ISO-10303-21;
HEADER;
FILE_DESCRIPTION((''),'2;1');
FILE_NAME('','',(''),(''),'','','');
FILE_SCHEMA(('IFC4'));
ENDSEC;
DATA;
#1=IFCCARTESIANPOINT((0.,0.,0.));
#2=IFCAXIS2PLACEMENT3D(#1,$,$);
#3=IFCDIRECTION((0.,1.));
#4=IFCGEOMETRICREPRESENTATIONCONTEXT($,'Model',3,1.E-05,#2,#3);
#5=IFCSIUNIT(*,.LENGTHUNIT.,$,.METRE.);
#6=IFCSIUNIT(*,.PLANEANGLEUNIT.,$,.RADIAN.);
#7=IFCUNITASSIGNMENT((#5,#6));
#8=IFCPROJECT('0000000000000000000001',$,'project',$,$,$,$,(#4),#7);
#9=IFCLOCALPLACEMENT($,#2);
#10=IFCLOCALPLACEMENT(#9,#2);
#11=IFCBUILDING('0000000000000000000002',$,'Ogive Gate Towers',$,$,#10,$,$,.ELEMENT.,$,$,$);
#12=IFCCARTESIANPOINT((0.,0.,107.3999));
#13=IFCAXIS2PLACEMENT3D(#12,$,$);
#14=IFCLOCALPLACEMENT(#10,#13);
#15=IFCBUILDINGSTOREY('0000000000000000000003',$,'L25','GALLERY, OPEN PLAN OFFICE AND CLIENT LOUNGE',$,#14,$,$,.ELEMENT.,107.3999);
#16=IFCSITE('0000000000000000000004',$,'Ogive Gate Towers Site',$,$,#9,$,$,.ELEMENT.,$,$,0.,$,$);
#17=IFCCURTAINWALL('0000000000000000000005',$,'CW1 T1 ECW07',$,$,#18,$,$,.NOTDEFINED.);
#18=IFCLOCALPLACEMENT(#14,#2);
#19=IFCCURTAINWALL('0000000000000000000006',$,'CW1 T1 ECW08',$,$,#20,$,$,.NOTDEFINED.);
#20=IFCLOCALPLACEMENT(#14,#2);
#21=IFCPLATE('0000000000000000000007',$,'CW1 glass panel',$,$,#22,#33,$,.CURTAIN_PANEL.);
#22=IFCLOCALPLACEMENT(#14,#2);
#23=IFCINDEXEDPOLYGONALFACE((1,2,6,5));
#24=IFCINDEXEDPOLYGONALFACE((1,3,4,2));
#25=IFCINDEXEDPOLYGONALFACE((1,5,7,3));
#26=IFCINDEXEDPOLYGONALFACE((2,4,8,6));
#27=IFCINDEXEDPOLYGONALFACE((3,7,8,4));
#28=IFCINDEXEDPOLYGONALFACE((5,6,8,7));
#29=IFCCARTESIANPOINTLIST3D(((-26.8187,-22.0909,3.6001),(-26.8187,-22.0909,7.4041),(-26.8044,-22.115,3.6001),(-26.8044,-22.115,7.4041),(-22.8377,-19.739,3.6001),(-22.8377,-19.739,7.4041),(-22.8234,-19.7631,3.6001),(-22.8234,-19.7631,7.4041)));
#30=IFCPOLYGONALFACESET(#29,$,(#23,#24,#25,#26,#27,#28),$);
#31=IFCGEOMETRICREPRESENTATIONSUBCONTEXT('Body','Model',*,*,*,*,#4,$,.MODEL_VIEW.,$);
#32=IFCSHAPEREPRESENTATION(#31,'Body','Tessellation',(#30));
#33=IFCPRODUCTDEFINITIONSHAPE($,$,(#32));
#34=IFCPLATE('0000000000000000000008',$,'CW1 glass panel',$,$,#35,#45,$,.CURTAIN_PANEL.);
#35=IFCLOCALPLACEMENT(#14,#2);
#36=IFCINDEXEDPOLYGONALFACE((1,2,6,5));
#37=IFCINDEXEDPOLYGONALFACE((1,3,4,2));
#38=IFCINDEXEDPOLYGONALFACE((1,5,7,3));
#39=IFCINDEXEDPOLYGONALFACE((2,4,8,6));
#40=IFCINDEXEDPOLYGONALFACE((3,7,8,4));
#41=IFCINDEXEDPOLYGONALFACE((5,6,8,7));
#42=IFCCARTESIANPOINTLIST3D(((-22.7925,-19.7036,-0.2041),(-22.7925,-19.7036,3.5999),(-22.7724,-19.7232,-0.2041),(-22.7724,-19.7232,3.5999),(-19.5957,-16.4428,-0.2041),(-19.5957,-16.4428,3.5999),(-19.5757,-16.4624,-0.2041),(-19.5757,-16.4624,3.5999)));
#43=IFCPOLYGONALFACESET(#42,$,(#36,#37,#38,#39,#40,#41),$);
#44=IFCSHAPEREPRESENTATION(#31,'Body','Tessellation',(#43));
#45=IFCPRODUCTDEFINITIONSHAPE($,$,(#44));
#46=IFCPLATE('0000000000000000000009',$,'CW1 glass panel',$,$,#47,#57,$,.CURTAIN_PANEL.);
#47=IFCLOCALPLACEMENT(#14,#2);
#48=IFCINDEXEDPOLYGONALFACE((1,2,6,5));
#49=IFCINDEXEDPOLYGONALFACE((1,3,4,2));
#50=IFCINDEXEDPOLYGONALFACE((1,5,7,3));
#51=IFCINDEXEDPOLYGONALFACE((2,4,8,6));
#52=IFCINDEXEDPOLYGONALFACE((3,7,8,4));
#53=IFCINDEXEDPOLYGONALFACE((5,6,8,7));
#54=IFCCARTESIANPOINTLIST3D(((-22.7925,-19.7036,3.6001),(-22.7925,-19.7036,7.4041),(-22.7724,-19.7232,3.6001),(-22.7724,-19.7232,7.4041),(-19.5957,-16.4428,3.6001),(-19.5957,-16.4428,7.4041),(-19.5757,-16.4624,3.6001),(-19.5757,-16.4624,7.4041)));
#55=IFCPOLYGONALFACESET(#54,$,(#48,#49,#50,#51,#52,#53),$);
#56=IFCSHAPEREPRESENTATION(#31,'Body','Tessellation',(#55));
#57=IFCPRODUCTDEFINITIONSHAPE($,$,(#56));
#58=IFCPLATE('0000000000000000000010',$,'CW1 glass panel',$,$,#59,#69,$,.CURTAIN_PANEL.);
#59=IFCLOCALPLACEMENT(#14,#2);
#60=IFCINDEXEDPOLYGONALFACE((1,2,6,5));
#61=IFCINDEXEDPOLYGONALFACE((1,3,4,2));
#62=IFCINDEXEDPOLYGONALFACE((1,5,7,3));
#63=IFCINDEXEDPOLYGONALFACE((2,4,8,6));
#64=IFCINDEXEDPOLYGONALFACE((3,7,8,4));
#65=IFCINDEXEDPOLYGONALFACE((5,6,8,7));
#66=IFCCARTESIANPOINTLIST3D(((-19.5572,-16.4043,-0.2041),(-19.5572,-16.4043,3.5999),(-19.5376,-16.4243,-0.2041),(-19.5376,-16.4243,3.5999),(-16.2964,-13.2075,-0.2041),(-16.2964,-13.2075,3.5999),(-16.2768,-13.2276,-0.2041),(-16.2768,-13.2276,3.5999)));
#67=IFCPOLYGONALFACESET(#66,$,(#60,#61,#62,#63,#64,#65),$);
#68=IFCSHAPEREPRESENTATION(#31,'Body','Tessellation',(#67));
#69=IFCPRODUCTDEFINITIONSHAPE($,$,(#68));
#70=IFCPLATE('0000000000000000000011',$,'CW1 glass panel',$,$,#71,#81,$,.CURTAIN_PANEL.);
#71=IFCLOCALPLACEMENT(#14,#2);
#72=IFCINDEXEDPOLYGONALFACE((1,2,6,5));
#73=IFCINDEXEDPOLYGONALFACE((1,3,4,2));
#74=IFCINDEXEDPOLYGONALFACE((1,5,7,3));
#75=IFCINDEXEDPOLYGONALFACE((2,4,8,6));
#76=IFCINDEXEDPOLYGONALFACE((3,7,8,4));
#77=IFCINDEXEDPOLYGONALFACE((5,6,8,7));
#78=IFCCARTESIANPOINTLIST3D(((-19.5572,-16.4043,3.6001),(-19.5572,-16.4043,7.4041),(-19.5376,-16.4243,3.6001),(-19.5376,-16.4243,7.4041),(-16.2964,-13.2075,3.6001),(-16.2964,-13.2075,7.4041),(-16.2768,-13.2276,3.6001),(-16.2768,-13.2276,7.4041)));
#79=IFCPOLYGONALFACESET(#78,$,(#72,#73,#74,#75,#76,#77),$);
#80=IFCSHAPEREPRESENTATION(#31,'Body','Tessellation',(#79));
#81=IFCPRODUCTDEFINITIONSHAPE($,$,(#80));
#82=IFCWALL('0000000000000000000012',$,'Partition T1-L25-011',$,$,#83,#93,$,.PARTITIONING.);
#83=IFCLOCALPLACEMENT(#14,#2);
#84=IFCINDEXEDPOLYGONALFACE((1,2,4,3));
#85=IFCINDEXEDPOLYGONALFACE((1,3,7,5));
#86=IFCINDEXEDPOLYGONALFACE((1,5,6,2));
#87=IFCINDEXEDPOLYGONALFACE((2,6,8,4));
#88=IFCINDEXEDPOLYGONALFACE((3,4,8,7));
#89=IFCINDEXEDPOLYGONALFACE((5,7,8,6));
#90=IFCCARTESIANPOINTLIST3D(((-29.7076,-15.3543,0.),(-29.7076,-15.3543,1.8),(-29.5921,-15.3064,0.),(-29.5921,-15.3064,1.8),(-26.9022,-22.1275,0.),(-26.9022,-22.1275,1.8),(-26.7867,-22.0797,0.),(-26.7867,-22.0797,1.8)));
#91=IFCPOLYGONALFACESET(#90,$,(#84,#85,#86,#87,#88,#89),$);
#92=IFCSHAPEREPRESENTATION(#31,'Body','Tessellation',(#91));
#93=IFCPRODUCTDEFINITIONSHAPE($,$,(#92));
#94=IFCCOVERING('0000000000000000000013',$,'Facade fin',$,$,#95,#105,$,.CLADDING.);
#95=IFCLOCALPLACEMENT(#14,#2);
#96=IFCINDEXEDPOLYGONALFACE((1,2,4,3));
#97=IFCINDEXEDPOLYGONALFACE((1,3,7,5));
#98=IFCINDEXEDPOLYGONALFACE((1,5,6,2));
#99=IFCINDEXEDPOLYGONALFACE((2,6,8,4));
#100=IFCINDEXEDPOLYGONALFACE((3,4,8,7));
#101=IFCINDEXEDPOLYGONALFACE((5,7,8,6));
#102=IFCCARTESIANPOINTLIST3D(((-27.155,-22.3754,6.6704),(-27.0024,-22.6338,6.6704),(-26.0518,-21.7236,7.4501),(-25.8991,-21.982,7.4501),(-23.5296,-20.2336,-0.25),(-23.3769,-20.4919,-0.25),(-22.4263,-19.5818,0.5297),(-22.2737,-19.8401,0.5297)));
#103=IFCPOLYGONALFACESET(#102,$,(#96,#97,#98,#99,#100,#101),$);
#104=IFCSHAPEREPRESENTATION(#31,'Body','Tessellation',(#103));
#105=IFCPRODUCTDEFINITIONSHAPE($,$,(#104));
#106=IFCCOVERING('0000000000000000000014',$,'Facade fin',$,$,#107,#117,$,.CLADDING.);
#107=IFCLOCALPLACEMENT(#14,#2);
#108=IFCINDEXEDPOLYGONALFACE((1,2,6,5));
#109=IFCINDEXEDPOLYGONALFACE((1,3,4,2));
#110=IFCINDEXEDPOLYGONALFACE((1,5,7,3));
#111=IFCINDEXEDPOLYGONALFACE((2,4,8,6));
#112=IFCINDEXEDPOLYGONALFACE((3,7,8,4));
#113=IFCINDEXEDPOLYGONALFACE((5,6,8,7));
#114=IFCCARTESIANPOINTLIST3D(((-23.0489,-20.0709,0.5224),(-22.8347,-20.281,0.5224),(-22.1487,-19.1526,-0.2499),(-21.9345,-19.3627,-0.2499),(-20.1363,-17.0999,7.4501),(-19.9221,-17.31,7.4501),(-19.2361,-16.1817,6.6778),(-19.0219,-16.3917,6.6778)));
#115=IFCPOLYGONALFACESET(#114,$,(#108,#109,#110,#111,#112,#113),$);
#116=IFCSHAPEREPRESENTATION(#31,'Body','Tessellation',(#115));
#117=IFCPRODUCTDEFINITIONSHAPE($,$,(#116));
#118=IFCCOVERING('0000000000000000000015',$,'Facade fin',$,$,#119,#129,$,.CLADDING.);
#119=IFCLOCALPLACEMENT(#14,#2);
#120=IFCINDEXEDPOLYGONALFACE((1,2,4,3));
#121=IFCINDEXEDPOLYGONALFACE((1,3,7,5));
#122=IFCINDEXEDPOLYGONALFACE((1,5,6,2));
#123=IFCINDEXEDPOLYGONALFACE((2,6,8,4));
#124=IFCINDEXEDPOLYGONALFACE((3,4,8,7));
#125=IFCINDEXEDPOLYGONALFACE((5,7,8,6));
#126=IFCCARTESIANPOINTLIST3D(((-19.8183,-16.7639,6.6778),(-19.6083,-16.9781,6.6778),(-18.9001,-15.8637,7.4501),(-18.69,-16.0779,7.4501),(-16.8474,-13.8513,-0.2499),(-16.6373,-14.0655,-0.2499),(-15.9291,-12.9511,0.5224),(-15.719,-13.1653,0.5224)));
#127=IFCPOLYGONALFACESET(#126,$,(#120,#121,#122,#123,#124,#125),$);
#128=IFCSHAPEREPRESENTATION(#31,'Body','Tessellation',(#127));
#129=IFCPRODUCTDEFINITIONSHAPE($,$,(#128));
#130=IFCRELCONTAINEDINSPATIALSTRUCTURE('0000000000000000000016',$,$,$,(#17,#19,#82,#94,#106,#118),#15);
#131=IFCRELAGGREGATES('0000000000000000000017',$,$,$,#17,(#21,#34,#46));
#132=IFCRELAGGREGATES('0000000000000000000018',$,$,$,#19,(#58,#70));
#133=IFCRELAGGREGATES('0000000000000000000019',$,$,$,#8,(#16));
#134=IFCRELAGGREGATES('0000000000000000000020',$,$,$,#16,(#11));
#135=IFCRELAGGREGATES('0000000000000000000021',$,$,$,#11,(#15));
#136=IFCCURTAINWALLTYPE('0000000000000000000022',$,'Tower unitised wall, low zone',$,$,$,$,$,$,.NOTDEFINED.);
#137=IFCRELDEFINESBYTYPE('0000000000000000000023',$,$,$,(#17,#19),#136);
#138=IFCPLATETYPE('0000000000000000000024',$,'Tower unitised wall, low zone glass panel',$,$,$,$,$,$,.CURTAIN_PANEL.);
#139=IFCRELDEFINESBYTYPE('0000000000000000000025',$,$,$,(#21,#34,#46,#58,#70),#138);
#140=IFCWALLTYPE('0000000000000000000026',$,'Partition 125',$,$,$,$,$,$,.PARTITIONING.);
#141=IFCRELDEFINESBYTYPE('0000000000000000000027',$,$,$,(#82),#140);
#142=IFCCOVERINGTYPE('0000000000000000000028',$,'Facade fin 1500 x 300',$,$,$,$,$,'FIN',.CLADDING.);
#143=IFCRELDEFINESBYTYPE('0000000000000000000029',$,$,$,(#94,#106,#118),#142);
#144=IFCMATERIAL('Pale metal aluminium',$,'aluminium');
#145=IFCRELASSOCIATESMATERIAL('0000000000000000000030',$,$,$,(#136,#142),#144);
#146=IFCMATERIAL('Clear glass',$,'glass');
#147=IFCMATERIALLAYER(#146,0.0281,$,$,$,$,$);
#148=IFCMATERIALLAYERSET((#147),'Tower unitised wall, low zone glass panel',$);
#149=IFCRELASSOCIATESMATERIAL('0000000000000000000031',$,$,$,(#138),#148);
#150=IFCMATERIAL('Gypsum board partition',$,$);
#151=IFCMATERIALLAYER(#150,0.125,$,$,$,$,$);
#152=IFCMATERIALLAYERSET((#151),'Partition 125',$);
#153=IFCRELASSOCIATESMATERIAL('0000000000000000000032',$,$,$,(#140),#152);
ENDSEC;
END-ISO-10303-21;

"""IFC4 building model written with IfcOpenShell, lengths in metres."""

from ifc_helpers import new_model, si_unit, direction, frame, frame_2d, origin, origin_2d, place, context, subcontext, project, spatial, rectangle, extrude, material, layer, layer_set, material_profile, profile_set, type_object, element, aggregate, save


model = new_model("IFC4")

# Units and contexts
model_context = context("Model", 3, precision=1e-05, world=origin(), true_north=direction((0.0, 1.0)))
body_context = subcontext(model_context, "Body", "Model", "MODEL_VIEW")
ifc_project = project(units=[si_unit("LENGTHUNIT", "METRE"), si_unit("PLANEANGLEUNIT", "RADIAN")], contexts=[model_context])

# Site, building, storey
site_placement = place(None, origin())
site = spatial("IfcSite", under=ifc_project, at=site_placement, Name="Ogive Gate Towers Site", CompositionType="ELEMENT", RefElevation=0.0)
building_placement = place(site_placement, origin())
building = spatial("IfcBuilding", under=site, at=building_placement, Name="Ogive Gate Towers", CompositionType="ELEMENT")
storey_placement = place(building_placement, frame((0.0, 0.0, 107.3999)))
storey = spatial("IfcBuildingStorey", under=building, at=storey_placement, Name="L25", Description="GALLERY, OPEN PLAN OFFICE AND CLIENT LOUNGE", CompositionType="ELEMENT", Elevation=107.3999)

# Curtain walls
ifc_material_1 = material(Name="Pale metal aluminium", Category="aluminium")
curtain_wall_type = type_object("IfcCurtainWallType", Name="Tower unitised wall, low zone", PredefinedType="NOTDEFINED", material=ifc_material_1)
curtain_wall_1_placement = place(storey_placement, origin())
curtain_wall_1 = element("IfcCurtainWall", 1, at=curtain_wall_1_placement, inside=storey, type_object=curtain_wall_type, Name="CW1 T1 ECW07", PredefinedType="NOTDEFINED")
curtain_wall_2_placement = place(storey_placement, origin())
curtain_wall_2 = element("IfcCurtainWall", 2, at=curtain_wall_2_placement, inside=storey, type_object=curtain_wall_type, Name="CW1 T1 ECW08", PredefinedType="NOTDEFINED")

# Plates
ifc_material_2 = material(Name="Clear glass", Category="glass")
ifc_layer_1 = layer(ifc_material_2, 0.0281)
ifc_layer_set_1 = layer_set([ifc_layer_1], Name="Tower unitised wall, low zone glass panel")
plate_type = type_object("IfcPlateType", Name="Tower unitised wall, low zone glass panel", PredefinedType="CURTAIN_PANEL", material=ifc_layer_set_1)
plate_1_placement = place(storey_placement, frame((-24.821, -20.927, 3.6001), z_axis=(0.0, 0.0, 1.0), x_axis=(0.860973, 0.508651, 0.0)))
plate_1 = element("IfcPlate", 3, at=plate_1_placement, type_object=plate_type, Name="CW1 glass panel", PredefinedType="CURTAIN_PANEL", context=body_context, shape_type="SweptSolid", body=[
    extrude(rectangle(XDim=4.6238, YDim=0.0281, at=origin_2d()), origin(), (0.0, 0.0, 1.0), 3.804),
])
plate_2_placement = place(storey_placement, frame((-21.1841, -18.083, -0.2041), z_axis=(0.0, 0.0, 1.0), x_axis=(0.700062, 0.714082, 0.0)))
plate_2 = element("IfcPlate", 4, at=plate_2_placement, type_object=plate_type, Name="CW1 glass panel", PredefinedType="CURTAIN_PANEL", context=body_context, shape_type="SweptSolid", body=[
    extrude(rectangle(XDim=4.5664, YDim=0.0281, at=origin_2d()), origin(), (0.0, 0.0, 1.0), 3.804),
])
plate_3_placement = place(storey_placement, frame((-21.1841, -18.083, 3.6001), z_axis=(0.0, 0.0, 1.0), x_axis=(0.700062, 0.714082, 0.0)))
plate_3 = element("IfcPlate", 5, at=plate_3_placement, type_object=plate_type, Name="CW1 glass panel", PredefinedType="CURTAIN_PANEL", context=body_context, shape_type="SweptSolid", body=[
    extrude(rectangle(XDim=4.5664, YDim=0.0281, at=origin_2d()), origin(), (0.0, 0.0, 1.0), 3.804),
])
aggregate(curtain_wall_1, [plate_1, plate_2, plate_3])
plate_4_placement = place(storey_placement, frame((-17.917, -14.8159, -0.2041), z_axis=(0.0, 0.0, 1.0), x_axis=(0.714082, 0.700062, 0.0)))
plate_4 = element("IfcPlate", 6, at=plate_4_placement, type_object=plate_type, Name="CW1 glass panel", PredefinedType="CURTAIN_PANEL", context=body_context, shape_type="SweptSolid", body=[
    extrude(rectangle(XDim=4.5664, YDim=0.0281, at=origin_2d()), origin(), (0.0, 0.0, 1.0), 3.804),
])
plate_5_placement = place(storey_placement, frame((-17.917, -14.8159, 3.6001), z_axis=(0.0, 0.0, 1.0), x_axis=(0.714082, 0.700062, 0.0)))
plate_5 = element("IfcPlate", 7, at=plate_5_placement, type_object=plate_type, Name="CW1 glass panel", PredefinedType="CURTAIN_PANEL", context=body_context, shape_type="SweptSolid", body=[
    extrude(rectangle(XDim=4.5664, YDim=0.0281, at=origin_2d()), origin(), (0.0, 0.0, 1.0), 3.804),
])
aggregate(curtain_wall_2, [plate_4, plate_5])

# Wall
ifc_material_3 = material(Name="Gypsum board partition")
ifc_layer_2 = layer(ifc_material_3, 0.125)
ifc_layer_set_2 = layer_set([ifc_layer_2], Name="Partition 125")
wall_type = type_object("IfcWallType", Name="Partition 125", PredefinedType="PARTITIONING", material=ifc_layer_set_2)
wall_placement = place(storey_placement, frame((-26.8445, -22.1035, 0.0), z_axis=(0.0, 0.0, 1.0), x_axis=(-0.382668, 0.923886, 0.0)))
element("IfcWall", 8, at=wall_placement, inside=storey, type_object=wall_type, Name="Partition T1-L25-011", PredefinedType="PARTITIONING", context=body_context, shape_type="SweptSolid", body=[
    extrude(rectangle(XDim=7.3313, YDim=0.125, at=frame_2d((3.6655, 0.0))), origin(), (0.0, 0.0, 1.0), 1.8),
])

# Coverings
ifc_material_profile_1 = material_profile(ifc_material_1, rectangle(XDim=0.3, YDim=1.5, at=origin_2d()), Name="1500 x 300 pale metal aluminium")
ifc_profile_set_1 = profile_set([ifc_material_profile_1], Name="Pale metal aluminium")
covering_type = type_object("IfcCoveringType", Name="Facade fin 1500 x 300", ElementType="FIN", PredefinedType="CLADDING", material=ifc_profile_set_1)
covering_placement = place(storey_placement, frame((-22.9016, -20.0369, 0.1399), z_axis=(-0.447544, -0.264398, 0.854282), x_axis=(0.508643, -0.860977, 0.0)))
element("IfcCovering", 9, at=covering_placement, inside=storey, type_object=covering_type, Name="Facade fin", PredefinedType="CLADDING", context=body_context, shape_type="SweptSolid", body=[
    extrude(rectangle(XDim=0.3, YDim=1.5, at=origin_2d()), origin(), (0.0, 0.0, 1.0), 8.1008),
])
for number, where, z_axis, x_axis, name in (
    (10, (-22.4917, -19.7168, 0.1362), (0.360423, 0.367644, 0.857282), (-0.714084, 0.70006, 0.0), "Facade fin"),
    (11, (-16.2832, -13.5083, 0.1362), (-0.367644, -0.360423, 0.857282), (0.70006, -0.714084, 0.0), "Facade fin"),
):
    element("IfcCovering", number, at=place(storey_placement, frame(where, z_axis=z_axis, x_axis=x_axis)), inside=storey, type_object=covering_type, Name=name, PredefinedType="CLADDING", context=body_context, shape_type="SweptSolid", body=[
        extrude(rectangle(XDim=0.3, YDim=1.5, at=origin_2d()), origin(), (0.0, 0.0, 1.0), 8.0811),
    ])

save(model, "model.ifc")
